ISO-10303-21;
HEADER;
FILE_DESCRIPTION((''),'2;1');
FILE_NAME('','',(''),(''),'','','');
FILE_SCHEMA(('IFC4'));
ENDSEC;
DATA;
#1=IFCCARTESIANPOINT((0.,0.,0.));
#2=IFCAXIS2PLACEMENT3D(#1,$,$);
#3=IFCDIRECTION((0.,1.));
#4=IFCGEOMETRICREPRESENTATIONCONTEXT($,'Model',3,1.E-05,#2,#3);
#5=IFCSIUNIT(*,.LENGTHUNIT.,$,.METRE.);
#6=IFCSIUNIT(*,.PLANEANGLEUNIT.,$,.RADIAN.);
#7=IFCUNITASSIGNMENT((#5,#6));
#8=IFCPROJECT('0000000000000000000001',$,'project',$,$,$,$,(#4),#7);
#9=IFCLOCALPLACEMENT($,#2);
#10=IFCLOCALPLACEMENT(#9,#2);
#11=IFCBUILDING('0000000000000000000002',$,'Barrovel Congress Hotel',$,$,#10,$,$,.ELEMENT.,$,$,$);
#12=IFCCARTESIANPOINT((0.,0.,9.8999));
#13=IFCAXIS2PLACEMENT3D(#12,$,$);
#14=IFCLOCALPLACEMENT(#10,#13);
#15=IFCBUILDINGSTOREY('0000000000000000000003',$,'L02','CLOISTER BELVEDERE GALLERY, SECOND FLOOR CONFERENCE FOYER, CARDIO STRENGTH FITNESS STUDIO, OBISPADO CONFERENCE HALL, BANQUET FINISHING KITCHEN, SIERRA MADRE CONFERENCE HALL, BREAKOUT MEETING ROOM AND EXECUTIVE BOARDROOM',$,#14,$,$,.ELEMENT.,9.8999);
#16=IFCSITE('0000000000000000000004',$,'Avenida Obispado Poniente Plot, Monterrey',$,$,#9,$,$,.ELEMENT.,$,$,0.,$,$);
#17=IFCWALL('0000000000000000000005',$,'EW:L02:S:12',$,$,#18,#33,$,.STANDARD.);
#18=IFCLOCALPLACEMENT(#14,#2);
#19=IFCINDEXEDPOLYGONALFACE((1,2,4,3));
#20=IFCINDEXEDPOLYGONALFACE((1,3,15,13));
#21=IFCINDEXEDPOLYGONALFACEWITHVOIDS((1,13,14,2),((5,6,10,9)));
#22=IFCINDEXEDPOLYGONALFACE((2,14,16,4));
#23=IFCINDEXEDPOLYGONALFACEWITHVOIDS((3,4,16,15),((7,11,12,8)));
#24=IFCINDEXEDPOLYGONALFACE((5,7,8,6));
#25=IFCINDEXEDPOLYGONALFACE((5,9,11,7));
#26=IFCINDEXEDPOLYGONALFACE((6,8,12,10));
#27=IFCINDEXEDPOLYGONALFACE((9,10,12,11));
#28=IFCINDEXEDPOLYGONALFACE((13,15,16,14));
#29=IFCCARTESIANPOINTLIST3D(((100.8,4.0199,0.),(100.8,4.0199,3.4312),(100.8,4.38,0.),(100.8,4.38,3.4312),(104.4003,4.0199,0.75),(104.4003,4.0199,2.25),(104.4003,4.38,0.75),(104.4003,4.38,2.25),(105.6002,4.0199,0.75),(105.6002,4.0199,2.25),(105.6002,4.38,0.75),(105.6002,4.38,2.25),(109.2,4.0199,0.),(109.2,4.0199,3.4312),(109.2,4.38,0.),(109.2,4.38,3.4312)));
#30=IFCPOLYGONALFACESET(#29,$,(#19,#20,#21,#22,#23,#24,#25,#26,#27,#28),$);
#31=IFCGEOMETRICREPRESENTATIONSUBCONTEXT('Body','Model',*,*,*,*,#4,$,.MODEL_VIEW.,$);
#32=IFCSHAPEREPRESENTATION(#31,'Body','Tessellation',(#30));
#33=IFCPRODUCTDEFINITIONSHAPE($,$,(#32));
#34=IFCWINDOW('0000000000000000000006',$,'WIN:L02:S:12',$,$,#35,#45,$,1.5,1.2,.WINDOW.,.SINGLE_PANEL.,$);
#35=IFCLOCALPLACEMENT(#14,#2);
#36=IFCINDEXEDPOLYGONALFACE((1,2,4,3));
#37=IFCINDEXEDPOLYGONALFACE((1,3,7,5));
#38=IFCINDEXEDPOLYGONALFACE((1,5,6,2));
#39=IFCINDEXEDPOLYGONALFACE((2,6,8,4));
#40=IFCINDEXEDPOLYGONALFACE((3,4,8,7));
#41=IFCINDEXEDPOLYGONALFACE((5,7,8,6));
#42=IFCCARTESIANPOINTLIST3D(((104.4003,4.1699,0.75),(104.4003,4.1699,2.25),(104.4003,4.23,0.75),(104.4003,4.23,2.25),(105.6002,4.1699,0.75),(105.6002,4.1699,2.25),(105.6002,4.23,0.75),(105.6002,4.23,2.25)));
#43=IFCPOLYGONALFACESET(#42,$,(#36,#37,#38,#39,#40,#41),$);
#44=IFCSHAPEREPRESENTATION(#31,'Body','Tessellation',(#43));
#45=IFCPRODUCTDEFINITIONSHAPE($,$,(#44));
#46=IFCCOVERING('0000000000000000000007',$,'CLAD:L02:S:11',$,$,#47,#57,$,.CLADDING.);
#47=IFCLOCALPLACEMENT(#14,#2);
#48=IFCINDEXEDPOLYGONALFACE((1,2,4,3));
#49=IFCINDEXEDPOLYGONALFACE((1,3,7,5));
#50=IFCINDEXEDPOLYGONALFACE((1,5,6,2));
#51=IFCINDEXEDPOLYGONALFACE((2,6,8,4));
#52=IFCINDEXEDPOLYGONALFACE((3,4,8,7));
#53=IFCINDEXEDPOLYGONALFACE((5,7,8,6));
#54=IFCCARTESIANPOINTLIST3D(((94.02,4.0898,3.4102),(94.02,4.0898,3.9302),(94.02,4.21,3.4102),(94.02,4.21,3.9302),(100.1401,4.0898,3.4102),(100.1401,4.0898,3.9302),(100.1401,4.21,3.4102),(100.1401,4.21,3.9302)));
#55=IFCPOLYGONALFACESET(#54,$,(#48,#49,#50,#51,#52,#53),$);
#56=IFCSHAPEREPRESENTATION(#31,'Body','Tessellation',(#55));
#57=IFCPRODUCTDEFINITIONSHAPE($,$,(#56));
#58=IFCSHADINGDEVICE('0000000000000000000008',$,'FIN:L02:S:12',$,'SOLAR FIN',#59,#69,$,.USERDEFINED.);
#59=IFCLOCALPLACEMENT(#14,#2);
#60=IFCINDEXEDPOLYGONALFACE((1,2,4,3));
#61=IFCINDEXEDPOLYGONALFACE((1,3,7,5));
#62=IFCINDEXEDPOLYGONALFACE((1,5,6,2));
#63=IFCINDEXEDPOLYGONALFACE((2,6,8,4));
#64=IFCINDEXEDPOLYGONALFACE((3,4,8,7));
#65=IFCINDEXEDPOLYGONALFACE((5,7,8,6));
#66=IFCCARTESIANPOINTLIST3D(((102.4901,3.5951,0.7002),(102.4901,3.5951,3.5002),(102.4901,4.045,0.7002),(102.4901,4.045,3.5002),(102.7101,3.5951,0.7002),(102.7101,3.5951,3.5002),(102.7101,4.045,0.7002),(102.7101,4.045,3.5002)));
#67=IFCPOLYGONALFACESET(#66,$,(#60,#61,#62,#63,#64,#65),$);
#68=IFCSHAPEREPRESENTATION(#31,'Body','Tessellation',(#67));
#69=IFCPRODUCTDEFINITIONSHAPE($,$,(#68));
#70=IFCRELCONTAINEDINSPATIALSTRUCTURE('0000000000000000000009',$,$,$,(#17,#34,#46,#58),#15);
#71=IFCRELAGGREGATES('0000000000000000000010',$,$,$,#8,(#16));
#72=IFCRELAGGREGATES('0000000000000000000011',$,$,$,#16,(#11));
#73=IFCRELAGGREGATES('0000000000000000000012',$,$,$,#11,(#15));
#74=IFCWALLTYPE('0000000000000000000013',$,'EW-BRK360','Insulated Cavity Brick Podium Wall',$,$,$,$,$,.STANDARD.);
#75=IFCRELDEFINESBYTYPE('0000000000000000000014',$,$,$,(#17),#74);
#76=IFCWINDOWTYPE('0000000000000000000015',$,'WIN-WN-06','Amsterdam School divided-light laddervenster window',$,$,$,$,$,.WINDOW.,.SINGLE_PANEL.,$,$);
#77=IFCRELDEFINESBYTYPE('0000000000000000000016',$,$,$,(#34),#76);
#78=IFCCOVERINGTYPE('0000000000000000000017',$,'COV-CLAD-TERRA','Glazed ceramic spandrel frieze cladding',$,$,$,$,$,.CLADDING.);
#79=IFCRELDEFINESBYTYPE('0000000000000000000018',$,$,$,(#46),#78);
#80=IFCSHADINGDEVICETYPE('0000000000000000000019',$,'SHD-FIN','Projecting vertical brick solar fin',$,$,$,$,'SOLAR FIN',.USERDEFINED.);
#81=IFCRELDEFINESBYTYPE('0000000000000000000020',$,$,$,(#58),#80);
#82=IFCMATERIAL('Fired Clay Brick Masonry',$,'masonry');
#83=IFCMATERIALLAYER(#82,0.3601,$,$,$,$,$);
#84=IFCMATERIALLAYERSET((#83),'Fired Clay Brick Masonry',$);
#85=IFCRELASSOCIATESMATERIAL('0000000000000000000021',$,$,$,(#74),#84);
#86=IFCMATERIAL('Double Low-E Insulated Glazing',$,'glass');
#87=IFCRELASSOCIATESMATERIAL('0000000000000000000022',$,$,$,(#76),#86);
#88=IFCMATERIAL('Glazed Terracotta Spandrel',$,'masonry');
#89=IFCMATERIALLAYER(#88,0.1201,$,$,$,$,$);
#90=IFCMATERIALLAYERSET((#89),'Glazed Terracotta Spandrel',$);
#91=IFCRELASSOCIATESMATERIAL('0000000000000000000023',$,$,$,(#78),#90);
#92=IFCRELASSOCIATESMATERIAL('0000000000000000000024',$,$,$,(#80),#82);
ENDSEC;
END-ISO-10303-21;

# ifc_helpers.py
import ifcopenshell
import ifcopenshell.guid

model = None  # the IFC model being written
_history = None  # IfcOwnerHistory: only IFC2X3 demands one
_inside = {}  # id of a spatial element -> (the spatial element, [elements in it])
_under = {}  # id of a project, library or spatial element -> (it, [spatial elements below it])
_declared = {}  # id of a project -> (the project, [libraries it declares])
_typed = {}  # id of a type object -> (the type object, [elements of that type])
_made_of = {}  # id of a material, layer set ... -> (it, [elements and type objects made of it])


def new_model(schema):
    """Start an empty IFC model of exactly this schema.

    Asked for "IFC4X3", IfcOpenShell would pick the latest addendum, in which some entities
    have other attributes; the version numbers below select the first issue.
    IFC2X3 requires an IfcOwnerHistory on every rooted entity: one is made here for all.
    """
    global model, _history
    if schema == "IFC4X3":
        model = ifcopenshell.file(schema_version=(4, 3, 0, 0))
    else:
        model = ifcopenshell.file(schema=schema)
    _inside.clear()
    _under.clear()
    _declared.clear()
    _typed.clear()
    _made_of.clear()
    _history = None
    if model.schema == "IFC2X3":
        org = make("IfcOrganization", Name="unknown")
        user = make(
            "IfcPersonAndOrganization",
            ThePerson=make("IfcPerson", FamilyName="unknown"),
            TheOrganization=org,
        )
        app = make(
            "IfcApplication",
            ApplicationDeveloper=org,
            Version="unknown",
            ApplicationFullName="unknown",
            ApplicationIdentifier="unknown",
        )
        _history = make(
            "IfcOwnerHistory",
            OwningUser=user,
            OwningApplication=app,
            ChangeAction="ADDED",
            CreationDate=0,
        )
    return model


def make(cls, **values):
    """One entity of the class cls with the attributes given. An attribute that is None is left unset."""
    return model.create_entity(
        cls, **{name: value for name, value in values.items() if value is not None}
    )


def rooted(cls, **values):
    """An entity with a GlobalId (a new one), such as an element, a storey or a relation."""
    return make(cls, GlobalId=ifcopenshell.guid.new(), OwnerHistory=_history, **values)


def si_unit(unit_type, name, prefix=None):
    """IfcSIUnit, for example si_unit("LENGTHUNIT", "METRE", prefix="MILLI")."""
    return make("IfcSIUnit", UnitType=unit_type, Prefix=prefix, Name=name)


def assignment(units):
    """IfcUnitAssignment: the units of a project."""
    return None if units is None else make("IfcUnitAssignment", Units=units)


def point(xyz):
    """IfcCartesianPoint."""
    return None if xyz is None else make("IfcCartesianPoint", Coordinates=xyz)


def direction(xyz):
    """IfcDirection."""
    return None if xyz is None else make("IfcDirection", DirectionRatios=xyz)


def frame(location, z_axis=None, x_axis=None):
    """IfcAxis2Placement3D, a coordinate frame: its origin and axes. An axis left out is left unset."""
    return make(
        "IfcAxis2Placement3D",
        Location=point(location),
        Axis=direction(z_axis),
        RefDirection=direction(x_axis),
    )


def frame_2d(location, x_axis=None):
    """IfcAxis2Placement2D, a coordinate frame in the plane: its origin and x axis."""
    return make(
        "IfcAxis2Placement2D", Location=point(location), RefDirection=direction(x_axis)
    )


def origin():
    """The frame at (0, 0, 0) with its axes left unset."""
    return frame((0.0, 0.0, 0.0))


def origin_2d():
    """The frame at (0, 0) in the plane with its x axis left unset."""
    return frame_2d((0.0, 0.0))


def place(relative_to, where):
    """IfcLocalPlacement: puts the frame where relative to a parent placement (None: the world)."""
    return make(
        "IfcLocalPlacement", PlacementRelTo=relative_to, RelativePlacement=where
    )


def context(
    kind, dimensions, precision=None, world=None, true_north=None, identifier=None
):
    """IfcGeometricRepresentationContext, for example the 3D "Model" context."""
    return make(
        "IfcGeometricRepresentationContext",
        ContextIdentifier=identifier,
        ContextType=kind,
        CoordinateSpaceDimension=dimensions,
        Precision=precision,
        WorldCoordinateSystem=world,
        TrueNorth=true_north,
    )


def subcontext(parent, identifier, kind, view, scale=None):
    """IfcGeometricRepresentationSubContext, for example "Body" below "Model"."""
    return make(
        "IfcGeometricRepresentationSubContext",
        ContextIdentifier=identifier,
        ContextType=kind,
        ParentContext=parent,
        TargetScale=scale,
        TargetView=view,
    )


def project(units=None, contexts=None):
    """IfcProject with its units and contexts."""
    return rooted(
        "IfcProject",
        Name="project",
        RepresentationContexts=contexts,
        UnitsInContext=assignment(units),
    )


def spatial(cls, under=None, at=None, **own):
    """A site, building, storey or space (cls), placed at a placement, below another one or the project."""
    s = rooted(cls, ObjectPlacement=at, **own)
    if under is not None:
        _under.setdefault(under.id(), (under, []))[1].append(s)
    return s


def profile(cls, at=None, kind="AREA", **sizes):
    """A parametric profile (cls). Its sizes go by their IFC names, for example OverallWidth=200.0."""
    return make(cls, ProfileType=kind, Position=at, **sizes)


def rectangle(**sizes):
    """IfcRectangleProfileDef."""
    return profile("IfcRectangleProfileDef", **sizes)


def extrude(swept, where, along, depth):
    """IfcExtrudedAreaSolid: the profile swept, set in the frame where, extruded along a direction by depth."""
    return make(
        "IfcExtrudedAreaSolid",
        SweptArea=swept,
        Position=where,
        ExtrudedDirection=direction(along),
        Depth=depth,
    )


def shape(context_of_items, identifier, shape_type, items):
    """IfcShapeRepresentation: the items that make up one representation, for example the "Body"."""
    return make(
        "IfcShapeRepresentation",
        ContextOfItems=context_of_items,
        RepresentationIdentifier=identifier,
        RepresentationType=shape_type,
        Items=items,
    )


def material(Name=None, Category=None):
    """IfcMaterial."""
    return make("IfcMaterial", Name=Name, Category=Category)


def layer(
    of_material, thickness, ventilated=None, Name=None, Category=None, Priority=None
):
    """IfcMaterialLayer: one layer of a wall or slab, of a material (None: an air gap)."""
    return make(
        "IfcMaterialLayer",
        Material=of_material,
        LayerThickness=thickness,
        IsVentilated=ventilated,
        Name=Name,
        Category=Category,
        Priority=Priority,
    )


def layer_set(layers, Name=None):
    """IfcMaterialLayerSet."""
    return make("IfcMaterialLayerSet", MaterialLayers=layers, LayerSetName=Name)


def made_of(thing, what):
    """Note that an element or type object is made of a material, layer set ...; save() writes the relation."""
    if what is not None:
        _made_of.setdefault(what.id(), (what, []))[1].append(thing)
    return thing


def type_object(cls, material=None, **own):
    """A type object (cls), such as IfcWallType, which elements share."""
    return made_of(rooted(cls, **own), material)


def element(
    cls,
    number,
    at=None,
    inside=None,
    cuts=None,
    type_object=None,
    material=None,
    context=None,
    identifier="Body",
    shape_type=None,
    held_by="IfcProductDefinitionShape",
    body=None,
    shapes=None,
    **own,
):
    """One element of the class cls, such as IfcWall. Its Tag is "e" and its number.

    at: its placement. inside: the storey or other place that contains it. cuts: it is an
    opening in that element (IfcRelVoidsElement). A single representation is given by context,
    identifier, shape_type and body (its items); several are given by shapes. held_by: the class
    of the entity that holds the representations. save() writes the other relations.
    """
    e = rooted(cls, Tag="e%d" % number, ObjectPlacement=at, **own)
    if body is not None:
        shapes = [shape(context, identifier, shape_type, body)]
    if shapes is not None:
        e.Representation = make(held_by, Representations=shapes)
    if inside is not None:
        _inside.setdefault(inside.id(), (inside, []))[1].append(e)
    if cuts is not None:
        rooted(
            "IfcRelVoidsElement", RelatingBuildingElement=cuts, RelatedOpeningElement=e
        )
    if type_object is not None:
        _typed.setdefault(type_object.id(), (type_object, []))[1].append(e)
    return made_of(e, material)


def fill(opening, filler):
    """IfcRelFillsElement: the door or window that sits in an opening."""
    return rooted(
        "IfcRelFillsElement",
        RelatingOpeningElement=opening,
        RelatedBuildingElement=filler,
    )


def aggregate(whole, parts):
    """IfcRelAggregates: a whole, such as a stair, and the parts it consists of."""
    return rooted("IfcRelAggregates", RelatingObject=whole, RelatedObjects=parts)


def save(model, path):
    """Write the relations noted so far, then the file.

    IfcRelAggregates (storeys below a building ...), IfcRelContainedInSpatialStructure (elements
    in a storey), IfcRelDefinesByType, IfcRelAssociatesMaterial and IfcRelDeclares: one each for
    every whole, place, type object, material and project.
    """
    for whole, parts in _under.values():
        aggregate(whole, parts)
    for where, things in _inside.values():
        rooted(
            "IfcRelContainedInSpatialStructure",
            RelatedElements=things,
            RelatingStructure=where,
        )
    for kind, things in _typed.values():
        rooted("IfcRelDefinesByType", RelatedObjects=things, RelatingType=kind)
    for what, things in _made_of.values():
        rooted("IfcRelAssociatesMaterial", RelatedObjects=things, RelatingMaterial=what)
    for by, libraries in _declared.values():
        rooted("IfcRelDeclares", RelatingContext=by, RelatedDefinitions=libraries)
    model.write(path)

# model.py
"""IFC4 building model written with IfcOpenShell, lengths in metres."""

from ifc_helpers import new_model, si_unit, direction, frame, frame_2d, origin, origin_2d, place, context, subcontext, project, spatial, rectangle, extrude, material, layer, layer_set, type_object, element, fill, save


model = new_model("IFC4")

# Units and contexts
model_context = context("Model", 3, precision=1e-05, world=origin(), true_north=direction((0.0, 1.0)))
body_context = subcontext(model_context, "Body", "Model", "MODEL_VIEW")
ifc_project = project(units=[si_unit("LENGTHUNIT", "METRE"), si_unit("PLANEANGLEUNIT", "RADIAN")], contexts=[model_context])

# Site, building, storey
site_placement = place(None, origin())
site = spatial("IfcSite", under=ifc_project, at=site_placement, Name="Avenida Obispado Poniente Plot, Monterrey", CompositionType="ELEMENT", RefElevation=0.0)
building_placement = place(site_placement, origin())
building = spatial("IfcBuilding", under=site, at=building_placement, Name="Barrovel Congress Hotel", CompositionType="ELEMENT")
storey_placement = place(building_placement, frame((0.0, 0.0, 9.8999)))
storey = spatial("IfcBuildingStorey", under=building, at=storey_placement, Name="L02", Description="CLOISTER BELVEDERE GALLERY, SECOND FLOOR CONFERENCE FOYER, CARDIO STRENGTH FITNESS STUDIO, OBISPADO CONFERENCE HALL, BANQUET FINISHING KITCHEN, SIERRA MADRE CONFERENCE HALL, BREAKOUT MEETING ROOM AND EXECUTIVE BOARDROOM", CompositionType="ELEMENT", Elevation=9.8999)

# Shared definitions
ifc_material_1 = material(Name="Double Low-E Insulated Glazing", Category="glass")

# Shared definitions
ifc_material_2 = material(Name="Fired Clay Brick Masonry", Category="masonry")
ifc_layer_1 = layer(ifc_material_2, 0.3601)
ifc_layer_set_1 = layer_set([ifc_layer_1], Name="Fired Clay Brick Masonry")
wall_type = type_object("IfcWallType", Name="EW-BRK360", Description="Insulated Cavity Brick Podium Wall", PredefinedType="STANDARD", material=ifc_layer_set_1)

# Wall, opening, window
wall_1_placement = place(storey_placement, frame((100.8, 4.2, 0.0), z_axis=(0.0, 0.0, 1.0), x_axis=(1.0, 0.0, 0.0)))
wall_1 = element("IfcWall", 1, at=wall_1_placement, inside=storey, type_object=wall_type, Name="EW:L02:S:12", PredefinedType="STANDARD", context=body_context, shape_type="SweptSolid", body=[
    extrude(rectangle(XDim=8.3999, YDim=0.3601, at=frame_2d((4.2, 0.0))), origin(), (0.0, 0.0, 1.0), 3.4312),
])
opening_placement = place(wall_1_placement, frame((3.6001, 0.0, 0.75)))
opening = element("IfcOpeningElement", 2, at=opening_placement, cuts=wall_1, PredefinedType="OPENING", context=body_context, shape_type="SweptSolid", body=[
    extrude(rectangle(XDim=1.2, YDim=1.5, at=frame_2d((0.6001, 0.75))), frame((0.0, 0.1899, 0.0), z_axis=(0.0, -1.0, 0.0), x_axis=(1.0, 0.0, 0.0)), (0.0, 0.0, 1.0), 0.3801),
])
window_type = type_object("IfcWindowType", Name="WIN-WN-06", Description="Amsterdam School divided-light laddervenster window", PartitioningType="SINGLE_PANEL", PredefinedType="WINDOW", material=ifc_material_1)
window_placement = place(opening_placement, origin())
window = element("IfcWindow", 3, at=window_placement, inside=storey, type_object=window_type, Name="WIN:L02:S:12", OverallHeight=1.5, OverallWidth=1.2, PartitioningType="SINGLE_PANEL", PredefinedType="WINDOW", context=body_context, shape_type="SweptSolid", body=[
    extrude(rectangle(XDim=1.2, YDim=1.5, at=frame_2d((0.6001, 0.75))), frame((0.0, 0.03, 0.0), z_axis=(0.0, -1.0, 0.0), x_axis=(1.0, 0.0, 0.0)), (0.0, 0.0, 1.0), 0.0601),
])
fill(opening, window)

# Covering
ifc_material_3 = material(Name="Glazed Terracotta Spandrel", Category="masonry")
ifc_layer_2 = layer(ifc_material_3, 0.1201)
ifc_layer_set_2 = layer_set([ifc_layer_2], Name="Glazed Terracotta Spandrel")
covering_type = type_object("IfcCoveringType", Name="COV-CLAD-TERRA", Description="Glazed ceramic spandrel frieze cladding", PredefinedType="CLADDING", material=ifc_layer_set_2)
covering_placement = place(storey_placement, frame((97.0801, 4.1499, 3.4102), z_axis=(0.0, 0.0, 1.0), x_axis=(1.0, 0.0, 0.0)))
element("IfcCovering", 4, at=covering_placement, inside=storey, type_object=covering_type, Name="CLAD:L02:S:11", PredefinedType="CLADDING", context=body_context, shape_type="SweptSolid", body=[
    extrude(rectangle(XDim=6.1201, YDim=0.1201, at=origin_2d()), origin(), (0.0, 0.0, 1.0), 0.52),
])

# Shading device
shading_device_type = type_object("IfcShadingDeviceType", Name="SHD-FIN", Description="Projecting vertical brick solar fin", ElementType="SOLAR FIN", PredefinedType="USERDEFINED", material=ifc_material_2)
shading_device_placement = place(storey_placement, frame((102.6001, 3.8201, 0.7002), z_axis=(0.0, 0.0, 1.0), x_axis=(1.0, 0.0, 0.0)))
element("IfcShadingDevice", 5, at=shading_device_placement, inside=storey, type_object=shading_device_type, Name="FIN:L02:S:12", ObjectType="SOLAR FIN", PredefinedType="USERDEFINED", context=body_context, shape_type="SweptSolid", body=[
    extrude(rectangle(XDim=0.22, YDim=0.45, at=origin_2d()), origin(), (0.0, 0.0, 1.0), 2.8),
])

save(model, "model.ifc")
